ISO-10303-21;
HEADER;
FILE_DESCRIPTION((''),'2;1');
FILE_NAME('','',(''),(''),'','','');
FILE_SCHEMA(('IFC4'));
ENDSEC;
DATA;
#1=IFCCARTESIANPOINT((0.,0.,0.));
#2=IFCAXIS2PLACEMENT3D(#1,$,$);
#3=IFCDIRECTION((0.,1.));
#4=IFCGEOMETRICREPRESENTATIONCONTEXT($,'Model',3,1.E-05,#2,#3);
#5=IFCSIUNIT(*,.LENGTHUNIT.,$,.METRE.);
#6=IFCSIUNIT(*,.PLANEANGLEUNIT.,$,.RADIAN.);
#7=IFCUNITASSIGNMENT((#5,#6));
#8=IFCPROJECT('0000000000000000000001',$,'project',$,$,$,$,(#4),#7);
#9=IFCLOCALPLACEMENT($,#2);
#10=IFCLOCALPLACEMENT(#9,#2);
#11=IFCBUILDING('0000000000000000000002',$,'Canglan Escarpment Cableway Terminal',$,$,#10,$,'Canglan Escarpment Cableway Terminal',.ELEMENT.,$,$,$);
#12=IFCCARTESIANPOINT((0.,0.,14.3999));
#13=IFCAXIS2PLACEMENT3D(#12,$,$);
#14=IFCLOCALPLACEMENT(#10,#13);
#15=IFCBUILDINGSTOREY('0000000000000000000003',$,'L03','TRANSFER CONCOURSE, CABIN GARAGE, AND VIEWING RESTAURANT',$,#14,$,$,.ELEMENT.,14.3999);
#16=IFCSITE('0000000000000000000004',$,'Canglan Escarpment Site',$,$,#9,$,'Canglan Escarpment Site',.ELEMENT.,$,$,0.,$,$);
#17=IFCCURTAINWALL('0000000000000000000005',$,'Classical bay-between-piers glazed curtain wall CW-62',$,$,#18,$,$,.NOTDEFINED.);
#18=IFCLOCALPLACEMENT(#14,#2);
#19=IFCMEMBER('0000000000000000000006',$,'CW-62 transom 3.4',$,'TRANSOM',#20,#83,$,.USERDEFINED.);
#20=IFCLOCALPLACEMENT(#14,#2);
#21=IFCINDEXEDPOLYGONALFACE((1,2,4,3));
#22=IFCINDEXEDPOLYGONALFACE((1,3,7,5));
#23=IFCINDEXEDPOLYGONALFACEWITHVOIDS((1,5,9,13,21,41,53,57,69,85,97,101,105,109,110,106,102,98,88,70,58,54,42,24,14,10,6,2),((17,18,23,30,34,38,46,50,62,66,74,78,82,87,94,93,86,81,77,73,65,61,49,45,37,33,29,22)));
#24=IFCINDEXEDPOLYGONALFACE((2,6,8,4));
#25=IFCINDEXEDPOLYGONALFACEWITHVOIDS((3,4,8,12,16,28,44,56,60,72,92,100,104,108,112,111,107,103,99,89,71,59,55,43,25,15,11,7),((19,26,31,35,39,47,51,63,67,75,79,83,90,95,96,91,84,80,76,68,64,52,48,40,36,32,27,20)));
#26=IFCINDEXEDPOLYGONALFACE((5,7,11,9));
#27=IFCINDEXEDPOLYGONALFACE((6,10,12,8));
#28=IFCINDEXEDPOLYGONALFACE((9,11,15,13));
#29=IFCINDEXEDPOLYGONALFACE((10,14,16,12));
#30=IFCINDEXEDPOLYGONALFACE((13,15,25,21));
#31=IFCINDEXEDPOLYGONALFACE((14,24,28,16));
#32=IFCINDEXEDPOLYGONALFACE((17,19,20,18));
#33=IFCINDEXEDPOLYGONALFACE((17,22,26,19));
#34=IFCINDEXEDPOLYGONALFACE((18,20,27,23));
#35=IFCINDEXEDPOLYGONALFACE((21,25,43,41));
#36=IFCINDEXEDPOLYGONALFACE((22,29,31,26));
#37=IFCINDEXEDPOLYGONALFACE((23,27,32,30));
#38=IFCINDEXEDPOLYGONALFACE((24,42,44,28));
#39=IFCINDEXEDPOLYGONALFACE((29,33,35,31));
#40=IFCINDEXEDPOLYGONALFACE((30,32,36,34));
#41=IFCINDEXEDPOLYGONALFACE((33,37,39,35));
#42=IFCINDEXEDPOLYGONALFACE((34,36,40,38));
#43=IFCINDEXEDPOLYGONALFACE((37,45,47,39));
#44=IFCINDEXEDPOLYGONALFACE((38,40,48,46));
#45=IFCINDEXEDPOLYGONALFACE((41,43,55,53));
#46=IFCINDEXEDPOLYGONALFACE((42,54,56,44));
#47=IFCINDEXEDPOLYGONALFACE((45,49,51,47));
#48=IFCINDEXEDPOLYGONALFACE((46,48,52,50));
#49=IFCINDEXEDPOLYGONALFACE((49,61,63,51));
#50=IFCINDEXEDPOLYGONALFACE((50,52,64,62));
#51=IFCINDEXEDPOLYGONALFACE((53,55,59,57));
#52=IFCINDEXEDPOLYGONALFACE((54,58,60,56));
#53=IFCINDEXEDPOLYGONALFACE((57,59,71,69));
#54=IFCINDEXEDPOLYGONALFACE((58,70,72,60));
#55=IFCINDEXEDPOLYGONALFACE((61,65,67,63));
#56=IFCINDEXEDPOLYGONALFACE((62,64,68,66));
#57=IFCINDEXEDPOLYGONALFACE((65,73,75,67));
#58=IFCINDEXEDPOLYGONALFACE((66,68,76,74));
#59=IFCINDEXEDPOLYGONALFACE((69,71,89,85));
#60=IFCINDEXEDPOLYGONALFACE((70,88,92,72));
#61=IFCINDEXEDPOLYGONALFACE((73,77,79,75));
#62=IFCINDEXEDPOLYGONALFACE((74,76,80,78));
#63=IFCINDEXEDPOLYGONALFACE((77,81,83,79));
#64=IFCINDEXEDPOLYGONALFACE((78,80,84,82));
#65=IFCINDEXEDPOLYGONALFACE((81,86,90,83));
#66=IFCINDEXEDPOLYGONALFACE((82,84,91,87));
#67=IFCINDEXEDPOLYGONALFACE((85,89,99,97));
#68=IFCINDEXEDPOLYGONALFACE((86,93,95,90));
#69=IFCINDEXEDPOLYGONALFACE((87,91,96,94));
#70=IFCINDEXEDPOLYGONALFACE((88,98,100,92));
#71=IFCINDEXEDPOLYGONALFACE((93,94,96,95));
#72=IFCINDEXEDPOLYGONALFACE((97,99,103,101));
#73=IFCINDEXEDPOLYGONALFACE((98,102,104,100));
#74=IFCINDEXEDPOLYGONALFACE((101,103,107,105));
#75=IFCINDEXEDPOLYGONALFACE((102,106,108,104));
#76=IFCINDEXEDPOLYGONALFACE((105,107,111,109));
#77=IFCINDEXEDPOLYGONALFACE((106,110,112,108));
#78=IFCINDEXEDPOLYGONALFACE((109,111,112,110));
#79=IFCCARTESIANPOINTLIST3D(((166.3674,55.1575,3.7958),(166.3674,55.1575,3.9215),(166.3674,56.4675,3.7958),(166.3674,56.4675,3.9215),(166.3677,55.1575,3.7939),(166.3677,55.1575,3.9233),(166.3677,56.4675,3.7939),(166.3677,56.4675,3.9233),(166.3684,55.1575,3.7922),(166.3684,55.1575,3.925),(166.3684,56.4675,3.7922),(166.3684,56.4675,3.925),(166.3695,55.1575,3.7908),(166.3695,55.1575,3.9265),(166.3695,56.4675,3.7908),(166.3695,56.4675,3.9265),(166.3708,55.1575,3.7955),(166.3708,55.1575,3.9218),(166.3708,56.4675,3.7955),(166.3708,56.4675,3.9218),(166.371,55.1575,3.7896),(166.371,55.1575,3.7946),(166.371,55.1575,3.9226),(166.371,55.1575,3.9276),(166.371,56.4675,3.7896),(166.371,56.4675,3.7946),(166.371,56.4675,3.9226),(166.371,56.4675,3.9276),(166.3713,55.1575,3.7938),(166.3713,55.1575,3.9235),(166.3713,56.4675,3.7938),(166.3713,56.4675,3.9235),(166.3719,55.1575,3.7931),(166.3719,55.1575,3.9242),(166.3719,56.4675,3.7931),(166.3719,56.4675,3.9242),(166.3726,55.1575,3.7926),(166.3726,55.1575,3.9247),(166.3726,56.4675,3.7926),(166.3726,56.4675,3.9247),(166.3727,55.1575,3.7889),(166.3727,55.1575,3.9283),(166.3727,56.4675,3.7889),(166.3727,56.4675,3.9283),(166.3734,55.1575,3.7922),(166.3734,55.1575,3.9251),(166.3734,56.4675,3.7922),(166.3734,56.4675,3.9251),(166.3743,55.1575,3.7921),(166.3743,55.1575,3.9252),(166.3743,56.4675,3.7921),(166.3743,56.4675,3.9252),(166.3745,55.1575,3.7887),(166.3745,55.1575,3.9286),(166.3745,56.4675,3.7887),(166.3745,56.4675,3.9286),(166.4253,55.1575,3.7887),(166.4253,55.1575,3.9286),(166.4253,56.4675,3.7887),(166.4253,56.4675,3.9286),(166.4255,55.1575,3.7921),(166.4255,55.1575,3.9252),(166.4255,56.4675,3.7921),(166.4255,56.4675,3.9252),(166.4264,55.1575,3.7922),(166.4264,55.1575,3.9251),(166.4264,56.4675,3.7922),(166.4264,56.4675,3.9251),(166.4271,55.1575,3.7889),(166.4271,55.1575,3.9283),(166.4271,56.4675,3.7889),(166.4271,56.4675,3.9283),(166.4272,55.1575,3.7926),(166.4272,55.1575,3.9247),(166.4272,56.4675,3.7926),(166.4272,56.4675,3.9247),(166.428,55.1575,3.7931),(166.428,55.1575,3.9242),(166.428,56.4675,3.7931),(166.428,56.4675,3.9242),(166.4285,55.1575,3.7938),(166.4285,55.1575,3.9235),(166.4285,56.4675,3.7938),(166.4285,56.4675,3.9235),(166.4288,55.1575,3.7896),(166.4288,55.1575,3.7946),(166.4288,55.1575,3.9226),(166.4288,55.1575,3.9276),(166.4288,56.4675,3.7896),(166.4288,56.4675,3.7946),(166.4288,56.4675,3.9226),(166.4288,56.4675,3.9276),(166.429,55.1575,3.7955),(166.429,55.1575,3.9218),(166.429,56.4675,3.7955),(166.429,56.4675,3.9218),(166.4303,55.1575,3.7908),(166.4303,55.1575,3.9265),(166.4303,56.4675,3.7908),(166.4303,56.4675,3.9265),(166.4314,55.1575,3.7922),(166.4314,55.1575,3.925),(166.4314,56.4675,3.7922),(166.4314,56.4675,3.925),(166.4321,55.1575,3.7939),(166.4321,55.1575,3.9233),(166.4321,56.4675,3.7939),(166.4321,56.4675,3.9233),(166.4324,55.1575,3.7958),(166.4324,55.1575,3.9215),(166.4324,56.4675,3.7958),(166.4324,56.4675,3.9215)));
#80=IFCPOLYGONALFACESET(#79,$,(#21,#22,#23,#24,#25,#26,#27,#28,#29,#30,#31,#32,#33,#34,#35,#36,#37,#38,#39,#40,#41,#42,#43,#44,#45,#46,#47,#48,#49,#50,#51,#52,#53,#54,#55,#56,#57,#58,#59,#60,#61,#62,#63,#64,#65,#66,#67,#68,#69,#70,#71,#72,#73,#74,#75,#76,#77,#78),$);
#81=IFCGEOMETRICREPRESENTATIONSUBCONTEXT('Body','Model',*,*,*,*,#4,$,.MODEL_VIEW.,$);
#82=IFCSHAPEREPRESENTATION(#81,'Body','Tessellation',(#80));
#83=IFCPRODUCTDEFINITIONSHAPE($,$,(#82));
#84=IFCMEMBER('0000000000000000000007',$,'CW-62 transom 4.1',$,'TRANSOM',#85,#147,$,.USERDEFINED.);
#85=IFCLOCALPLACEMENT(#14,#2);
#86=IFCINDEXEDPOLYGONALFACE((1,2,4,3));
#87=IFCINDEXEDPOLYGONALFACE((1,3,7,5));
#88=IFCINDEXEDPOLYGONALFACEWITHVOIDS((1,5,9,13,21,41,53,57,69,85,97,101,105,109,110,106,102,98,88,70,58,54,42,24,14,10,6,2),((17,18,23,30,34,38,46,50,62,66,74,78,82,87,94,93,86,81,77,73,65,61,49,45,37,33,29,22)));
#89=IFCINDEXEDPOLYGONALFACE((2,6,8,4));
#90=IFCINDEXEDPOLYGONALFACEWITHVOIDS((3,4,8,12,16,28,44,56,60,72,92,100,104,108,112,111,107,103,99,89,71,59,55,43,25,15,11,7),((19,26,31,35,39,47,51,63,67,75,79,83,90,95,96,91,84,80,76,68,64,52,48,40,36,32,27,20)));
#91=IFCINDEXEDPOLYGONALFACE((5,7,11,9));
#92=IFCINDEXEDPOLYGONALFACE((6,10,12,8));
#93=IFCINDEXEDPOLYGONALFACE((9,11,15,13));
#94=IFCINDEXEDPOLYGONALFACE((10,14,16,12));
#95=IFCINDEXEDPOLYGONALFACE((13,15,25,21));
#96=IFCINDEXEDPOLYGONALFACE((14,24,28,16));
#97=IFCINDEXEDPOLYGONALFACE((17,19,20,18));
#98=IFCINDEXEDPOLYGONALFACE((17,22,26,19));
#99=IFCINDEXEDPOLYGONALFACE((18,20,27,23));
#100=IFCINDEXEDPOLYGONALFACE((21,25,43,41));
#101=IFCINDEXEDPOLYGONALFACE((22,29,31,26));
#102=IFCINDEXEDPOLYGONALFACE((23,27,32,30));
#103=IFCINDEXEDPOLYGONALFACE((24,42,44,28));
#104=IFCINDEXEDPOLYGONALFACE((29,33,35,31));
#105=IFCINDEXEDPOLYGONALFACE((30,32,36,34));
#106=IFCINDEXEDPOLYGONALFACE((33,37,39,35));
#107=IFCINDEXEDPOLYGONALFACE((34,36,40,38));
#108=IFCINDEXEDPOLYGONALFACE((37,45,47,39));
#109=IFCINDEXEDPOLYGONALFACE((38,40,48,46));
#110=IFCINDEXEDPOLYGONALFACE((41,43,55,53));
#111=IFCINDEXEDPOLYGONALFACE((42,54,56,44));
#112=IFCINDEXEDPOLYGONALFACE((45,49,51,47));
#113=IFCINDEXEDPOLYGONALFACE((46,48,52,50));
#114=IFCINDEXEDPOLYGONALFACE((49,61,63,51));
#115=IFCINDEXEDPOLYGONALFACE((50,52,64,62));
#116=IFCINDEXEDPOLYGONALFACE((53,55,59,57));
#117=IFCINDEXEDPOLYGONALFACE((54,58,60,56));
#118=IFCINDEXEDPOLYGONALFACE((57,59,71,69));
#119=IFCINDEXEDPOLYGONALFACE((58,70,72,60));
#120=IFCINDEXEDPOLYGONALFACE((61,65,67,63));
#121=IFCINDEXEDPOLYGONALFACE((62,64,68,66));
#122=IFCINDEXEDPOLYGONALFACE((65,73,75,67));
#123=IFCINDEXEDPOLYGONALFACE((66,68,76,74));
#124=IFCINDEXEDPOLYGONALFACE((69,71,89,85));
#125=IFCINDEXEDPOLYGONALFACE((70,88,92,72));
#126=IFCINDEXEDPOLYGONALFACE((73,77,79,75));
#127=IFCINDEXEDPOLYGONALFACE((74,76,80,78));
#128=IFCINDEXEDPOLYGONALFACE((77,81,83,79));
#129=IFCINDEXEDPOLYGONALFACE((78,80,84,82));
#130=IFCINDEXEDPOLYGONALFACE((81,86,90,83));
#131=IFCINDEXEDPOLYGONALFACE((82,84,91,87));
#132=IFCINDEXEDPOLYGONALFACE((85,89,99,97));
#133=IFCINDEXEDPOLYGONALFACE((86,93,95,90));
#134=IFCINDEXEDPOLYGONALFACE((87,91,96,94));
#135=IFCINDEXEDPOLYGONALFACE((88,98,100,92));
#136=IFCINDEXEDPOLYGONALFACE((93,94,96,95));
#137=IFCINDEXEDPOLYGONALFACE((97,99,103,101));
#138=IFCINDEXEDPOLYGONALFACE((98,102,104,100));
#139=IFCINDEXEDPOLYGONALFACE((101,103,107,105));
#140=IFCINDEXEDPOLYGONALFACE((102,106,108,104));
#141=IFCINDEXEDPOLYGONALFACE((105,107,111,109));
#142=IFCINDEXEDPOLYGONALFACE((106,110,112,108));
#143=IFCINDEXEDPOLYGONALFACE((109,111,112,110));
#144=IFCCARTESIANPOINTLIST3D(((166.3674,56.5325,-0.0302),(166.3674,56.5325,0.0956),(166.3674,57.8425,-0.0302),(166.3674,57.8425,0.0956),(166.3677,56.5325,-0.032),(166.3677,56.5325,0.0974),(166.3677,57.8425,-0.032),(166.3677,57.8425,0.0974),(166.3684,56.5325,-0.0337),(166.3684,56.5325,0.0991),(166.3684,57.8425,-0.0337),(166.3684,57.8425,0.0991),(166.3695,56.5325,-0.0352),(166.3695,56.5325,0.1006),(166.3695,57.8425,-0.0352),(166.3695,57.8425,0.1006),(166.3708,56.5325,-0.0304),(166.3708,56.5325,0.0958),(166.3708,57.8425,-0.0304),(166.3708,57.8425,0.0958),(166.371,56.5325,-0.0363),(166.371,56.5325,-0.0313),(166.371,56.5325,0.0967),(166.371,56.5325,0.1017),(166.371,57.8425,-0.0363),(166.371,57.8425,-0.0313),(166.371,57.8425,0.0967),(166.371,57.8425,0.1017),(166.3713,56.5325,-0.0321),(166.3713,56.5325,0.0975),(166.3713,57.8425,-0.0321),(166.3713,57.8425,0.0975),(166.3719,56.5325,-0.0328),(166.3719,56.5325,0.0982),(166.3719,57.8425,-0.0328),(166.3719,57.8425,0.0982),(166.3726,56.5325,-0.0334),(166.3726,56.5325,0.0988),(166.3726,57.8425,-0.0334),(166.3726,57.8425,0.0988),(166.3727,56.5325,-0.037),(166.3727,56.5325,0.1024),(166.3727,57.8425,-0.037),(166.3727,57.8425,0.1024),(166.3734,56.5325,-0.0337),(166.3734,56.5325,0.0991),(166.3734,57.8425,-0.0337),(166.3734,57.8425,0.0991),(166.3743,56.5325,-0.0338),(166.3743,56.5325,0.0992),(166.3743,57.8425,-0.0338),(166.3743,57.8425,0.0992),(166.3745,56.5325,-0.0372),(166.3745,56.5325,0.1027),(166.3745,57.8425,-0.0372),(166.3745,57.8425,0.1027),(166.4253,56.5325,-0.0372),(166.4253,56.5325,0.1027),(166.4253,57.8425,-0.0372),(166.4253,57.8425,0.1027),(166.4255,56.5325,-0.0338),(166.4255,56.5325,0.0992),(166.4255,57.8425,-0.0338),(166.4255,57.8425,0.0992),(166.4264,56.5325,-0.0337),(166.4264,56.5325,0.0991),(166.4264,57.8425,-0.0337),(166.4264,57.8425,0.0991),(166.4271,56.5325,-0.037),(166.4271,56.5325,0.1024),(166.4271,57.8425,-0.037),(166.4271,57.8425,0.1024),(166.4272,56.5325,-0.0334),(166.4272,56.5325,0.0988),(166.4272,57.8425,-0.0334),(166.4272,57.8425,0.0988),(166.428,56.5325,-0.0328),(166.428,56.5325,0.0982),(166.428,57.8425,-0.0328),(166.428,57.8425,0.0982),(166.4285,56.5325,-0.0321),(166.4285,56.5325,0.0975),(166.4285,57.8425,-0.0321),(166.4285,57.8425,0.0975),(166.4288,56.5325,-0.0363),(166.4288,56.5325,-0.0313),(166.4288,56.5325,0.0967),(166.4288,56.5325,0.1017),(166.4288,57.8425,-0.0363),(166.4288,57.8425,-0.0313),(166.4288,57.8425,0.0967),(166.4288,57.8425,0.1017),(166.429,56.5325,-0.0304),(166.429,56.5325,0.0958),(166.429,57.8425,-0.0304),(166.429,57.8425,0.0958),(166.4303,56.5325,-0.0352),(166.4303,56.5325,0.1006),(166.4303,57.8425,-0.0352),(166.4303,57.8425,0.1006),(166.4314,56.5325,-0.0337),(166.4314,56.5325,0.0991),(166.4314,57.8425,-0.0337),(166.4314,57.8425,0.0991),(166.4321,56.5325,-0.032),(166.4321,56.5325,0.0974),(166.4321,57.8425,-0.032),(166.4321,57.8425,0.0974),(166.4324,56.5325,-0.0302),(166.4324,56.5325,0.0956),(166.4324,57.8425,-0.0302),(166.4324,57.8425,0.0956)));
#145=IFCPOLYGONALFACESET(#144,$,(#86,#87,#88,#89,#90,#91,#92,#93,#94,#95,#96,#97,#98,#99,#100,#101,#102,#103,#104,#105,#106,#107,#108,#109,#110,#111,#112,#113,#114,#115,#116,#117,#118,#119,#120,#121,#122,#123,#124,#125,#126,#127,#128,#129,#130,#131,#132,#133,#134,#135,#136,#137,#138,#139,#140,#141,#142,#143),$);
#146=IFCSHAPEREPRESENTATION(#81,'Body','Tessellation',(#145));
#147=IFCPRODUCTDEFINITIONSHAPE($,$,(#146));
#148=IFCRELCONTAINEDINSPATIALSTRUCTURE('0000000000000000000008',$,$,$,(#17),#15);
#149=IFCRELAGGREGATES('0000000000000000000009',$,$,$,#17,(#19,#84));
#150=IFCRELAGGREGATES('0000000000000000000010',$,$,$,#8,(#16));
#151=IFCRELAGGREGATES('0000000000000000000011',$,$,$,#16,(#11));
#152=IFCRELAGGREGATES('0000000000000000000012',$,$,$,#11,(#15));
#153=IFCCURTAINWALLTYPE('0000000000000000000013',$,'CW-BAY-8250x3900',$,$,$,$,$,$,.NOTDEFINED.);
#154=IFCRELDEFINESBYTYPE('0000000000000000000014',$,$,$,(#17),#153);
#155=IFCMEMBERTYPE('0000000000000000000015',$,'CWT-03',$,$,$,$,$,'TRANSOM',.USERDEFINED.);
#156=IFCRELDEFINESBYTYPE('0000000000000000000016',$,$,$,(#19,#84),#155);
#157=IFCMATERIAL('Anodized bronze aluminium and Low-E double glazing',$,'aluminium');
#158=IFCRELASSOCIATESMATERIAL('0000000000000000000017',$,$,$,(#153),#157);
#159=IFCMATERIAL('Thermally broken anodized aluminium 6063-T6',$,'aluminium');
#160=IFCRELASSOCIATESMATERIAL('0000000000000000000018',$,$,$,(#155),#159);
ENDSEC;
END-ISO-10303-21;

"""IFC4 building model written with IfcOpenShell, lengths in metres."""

from ifc_helpers import new_model, si_unit, direction, frame, origin, origin_2d, place, context, subcontext, project, spatial, hollow_rectangle, extrude, material, material_profile, profile_set, type_object, element, aggregate, save


model = new_model("IFC4")

# Units and contexts
model_context = context("Model", 3, precision=1e-05, world=origin(), true_north=direction((0.0, 1.0)))
body_context = subcontext(model_context, "Body", "Model", "MODEL_VIEW")
ifc_project = project(units=[si_unit("LENGTHUNIT", "METRE"), si_unit("PLANEANGLEUNIT", "RADIAN")], contexts=[model_context])

# Site, building, storey
site_placement = place(None, origin())
site = spatial("IfcSite", under=ifc_project, at=site_placement, Name="Canglan Escarpment Site", LongName="Canglan Escarpment Site", CompositionType="ELEMENT", RefElevation=0.0)
building_placement = place(site_placement, origin())
building = spatial("IfcBuilding", under=site, at=building_placement, Name="Canglan Escarpment Cableway Terminal", LongName="Canglan Escarpment Cableway Terminal", CompositionType="ELEMENT")
storey_placement = place(building_placement, frame((0.0, 0.0, 14.3999)))
storey = spatial("IfcBuildingStorey", under=building, at=storey_placement, Name="L03", Description="TRANSFER CONCOURSE, CABIN GARAGE, AND VIEWING RESTAURANT", CompositionType="ELEMENT", Elevation=14.3999)

# Curtain wall, members
ifc_material_1 = material(Name="Anodized bronze aluminium and Low-E double glazing", Category="aluminium")
curtain_wall_type = type_object("IfcCurtainWallType", Name="CW-BAY-8250x3900", PredefinedType="NOTDEFINED", material=ifc_material_1)
curtain_wall_placement = place(storey_placement, origin())
curtain_wall = element("IfcCurtainWall", 1, at=curtain_wall_placement, inside=storey, type_object=curtain_wall_type, Name="Classical bay-between-piers glazed curtain wall CW-62", PredefinedType="NOTDEFINED")
ifc_material_2 = material(Name="Thermally broken anodized aluminium 6063-T6", Category="aluminium")
ifc_material_profile_1 = material_profile(ifc_material_2, hollow_rectangle(XDim=0.0649, YDim=0.1399, WallThickness=0.0034, InnerFilletRadius=0.0034, OuterFilletRadius=0.0071, at=origin_2d()), Name="ALU-TRAN 65x140x3.5")
ifc_profile_set_1 = profile_set([ifc_material_profile_1], Name="Thermally broken anodized aluminium 6063-T6")
member_type_1 = type_object("IfcMemberType", Name="CWT-03", ElementType="TRANSOM", PredefinedType="USERDEFINED", material=ifc_profile_set_1)
member_1_placement = place(storey_placement, frame((166.3999, 55.1575, 3.8586), z_axis=(0.0, 1.0, 0.0), x_axis=(-1.0, 0.0, 0.0)))
member_1 = element("IfcMember", 2, at=member_1_placement, type_object=member_type_1, Name="CW-62 transom 3.4", ObjectType="TRANSOM", PredefinedType="USERDEFINED", context=body_context, shape_type="SweptSolid", body=[
    extrude(hollow_rectangle(XDim=0.0649, YDim=0.1399, WallThickness=0.0034, InnerFilletRadius=0.0034, OuterFilletRadius=0.0071, at=origin_2d()), origin(), (0.0, 0.0, 1.0), 1.3101),
])
member_2_placement = place(storey_placement, frame((166.3999, 56.5325, 0.0327), z_axis=(0.0, 1.0, 0.0), x_axis=(-1.0, 0.0, 0.0)))
member_2 = element("IfcMember", 3, at=member_2_placement, type_object=member_type_1, Name="CW-62 transom 4.1", ObjectType="TRANSOM", PredefinedType="USERDEFINED", context=body_context, shape_type="SweptSolid", body=[
    extrude(hollow_rectangle(XDim=0.0649, YDim=0.1399, WallThickness=0.0034, InnerFilletRadius=0.0034, OuterFilletRadius=0.0071, at=origin_2d()), origin(), (0.0, 0.0, 1.0), 1.3101),
])

aggregate(curtain_wall, [member_1, member_2])

save(model, "model.ifc")
